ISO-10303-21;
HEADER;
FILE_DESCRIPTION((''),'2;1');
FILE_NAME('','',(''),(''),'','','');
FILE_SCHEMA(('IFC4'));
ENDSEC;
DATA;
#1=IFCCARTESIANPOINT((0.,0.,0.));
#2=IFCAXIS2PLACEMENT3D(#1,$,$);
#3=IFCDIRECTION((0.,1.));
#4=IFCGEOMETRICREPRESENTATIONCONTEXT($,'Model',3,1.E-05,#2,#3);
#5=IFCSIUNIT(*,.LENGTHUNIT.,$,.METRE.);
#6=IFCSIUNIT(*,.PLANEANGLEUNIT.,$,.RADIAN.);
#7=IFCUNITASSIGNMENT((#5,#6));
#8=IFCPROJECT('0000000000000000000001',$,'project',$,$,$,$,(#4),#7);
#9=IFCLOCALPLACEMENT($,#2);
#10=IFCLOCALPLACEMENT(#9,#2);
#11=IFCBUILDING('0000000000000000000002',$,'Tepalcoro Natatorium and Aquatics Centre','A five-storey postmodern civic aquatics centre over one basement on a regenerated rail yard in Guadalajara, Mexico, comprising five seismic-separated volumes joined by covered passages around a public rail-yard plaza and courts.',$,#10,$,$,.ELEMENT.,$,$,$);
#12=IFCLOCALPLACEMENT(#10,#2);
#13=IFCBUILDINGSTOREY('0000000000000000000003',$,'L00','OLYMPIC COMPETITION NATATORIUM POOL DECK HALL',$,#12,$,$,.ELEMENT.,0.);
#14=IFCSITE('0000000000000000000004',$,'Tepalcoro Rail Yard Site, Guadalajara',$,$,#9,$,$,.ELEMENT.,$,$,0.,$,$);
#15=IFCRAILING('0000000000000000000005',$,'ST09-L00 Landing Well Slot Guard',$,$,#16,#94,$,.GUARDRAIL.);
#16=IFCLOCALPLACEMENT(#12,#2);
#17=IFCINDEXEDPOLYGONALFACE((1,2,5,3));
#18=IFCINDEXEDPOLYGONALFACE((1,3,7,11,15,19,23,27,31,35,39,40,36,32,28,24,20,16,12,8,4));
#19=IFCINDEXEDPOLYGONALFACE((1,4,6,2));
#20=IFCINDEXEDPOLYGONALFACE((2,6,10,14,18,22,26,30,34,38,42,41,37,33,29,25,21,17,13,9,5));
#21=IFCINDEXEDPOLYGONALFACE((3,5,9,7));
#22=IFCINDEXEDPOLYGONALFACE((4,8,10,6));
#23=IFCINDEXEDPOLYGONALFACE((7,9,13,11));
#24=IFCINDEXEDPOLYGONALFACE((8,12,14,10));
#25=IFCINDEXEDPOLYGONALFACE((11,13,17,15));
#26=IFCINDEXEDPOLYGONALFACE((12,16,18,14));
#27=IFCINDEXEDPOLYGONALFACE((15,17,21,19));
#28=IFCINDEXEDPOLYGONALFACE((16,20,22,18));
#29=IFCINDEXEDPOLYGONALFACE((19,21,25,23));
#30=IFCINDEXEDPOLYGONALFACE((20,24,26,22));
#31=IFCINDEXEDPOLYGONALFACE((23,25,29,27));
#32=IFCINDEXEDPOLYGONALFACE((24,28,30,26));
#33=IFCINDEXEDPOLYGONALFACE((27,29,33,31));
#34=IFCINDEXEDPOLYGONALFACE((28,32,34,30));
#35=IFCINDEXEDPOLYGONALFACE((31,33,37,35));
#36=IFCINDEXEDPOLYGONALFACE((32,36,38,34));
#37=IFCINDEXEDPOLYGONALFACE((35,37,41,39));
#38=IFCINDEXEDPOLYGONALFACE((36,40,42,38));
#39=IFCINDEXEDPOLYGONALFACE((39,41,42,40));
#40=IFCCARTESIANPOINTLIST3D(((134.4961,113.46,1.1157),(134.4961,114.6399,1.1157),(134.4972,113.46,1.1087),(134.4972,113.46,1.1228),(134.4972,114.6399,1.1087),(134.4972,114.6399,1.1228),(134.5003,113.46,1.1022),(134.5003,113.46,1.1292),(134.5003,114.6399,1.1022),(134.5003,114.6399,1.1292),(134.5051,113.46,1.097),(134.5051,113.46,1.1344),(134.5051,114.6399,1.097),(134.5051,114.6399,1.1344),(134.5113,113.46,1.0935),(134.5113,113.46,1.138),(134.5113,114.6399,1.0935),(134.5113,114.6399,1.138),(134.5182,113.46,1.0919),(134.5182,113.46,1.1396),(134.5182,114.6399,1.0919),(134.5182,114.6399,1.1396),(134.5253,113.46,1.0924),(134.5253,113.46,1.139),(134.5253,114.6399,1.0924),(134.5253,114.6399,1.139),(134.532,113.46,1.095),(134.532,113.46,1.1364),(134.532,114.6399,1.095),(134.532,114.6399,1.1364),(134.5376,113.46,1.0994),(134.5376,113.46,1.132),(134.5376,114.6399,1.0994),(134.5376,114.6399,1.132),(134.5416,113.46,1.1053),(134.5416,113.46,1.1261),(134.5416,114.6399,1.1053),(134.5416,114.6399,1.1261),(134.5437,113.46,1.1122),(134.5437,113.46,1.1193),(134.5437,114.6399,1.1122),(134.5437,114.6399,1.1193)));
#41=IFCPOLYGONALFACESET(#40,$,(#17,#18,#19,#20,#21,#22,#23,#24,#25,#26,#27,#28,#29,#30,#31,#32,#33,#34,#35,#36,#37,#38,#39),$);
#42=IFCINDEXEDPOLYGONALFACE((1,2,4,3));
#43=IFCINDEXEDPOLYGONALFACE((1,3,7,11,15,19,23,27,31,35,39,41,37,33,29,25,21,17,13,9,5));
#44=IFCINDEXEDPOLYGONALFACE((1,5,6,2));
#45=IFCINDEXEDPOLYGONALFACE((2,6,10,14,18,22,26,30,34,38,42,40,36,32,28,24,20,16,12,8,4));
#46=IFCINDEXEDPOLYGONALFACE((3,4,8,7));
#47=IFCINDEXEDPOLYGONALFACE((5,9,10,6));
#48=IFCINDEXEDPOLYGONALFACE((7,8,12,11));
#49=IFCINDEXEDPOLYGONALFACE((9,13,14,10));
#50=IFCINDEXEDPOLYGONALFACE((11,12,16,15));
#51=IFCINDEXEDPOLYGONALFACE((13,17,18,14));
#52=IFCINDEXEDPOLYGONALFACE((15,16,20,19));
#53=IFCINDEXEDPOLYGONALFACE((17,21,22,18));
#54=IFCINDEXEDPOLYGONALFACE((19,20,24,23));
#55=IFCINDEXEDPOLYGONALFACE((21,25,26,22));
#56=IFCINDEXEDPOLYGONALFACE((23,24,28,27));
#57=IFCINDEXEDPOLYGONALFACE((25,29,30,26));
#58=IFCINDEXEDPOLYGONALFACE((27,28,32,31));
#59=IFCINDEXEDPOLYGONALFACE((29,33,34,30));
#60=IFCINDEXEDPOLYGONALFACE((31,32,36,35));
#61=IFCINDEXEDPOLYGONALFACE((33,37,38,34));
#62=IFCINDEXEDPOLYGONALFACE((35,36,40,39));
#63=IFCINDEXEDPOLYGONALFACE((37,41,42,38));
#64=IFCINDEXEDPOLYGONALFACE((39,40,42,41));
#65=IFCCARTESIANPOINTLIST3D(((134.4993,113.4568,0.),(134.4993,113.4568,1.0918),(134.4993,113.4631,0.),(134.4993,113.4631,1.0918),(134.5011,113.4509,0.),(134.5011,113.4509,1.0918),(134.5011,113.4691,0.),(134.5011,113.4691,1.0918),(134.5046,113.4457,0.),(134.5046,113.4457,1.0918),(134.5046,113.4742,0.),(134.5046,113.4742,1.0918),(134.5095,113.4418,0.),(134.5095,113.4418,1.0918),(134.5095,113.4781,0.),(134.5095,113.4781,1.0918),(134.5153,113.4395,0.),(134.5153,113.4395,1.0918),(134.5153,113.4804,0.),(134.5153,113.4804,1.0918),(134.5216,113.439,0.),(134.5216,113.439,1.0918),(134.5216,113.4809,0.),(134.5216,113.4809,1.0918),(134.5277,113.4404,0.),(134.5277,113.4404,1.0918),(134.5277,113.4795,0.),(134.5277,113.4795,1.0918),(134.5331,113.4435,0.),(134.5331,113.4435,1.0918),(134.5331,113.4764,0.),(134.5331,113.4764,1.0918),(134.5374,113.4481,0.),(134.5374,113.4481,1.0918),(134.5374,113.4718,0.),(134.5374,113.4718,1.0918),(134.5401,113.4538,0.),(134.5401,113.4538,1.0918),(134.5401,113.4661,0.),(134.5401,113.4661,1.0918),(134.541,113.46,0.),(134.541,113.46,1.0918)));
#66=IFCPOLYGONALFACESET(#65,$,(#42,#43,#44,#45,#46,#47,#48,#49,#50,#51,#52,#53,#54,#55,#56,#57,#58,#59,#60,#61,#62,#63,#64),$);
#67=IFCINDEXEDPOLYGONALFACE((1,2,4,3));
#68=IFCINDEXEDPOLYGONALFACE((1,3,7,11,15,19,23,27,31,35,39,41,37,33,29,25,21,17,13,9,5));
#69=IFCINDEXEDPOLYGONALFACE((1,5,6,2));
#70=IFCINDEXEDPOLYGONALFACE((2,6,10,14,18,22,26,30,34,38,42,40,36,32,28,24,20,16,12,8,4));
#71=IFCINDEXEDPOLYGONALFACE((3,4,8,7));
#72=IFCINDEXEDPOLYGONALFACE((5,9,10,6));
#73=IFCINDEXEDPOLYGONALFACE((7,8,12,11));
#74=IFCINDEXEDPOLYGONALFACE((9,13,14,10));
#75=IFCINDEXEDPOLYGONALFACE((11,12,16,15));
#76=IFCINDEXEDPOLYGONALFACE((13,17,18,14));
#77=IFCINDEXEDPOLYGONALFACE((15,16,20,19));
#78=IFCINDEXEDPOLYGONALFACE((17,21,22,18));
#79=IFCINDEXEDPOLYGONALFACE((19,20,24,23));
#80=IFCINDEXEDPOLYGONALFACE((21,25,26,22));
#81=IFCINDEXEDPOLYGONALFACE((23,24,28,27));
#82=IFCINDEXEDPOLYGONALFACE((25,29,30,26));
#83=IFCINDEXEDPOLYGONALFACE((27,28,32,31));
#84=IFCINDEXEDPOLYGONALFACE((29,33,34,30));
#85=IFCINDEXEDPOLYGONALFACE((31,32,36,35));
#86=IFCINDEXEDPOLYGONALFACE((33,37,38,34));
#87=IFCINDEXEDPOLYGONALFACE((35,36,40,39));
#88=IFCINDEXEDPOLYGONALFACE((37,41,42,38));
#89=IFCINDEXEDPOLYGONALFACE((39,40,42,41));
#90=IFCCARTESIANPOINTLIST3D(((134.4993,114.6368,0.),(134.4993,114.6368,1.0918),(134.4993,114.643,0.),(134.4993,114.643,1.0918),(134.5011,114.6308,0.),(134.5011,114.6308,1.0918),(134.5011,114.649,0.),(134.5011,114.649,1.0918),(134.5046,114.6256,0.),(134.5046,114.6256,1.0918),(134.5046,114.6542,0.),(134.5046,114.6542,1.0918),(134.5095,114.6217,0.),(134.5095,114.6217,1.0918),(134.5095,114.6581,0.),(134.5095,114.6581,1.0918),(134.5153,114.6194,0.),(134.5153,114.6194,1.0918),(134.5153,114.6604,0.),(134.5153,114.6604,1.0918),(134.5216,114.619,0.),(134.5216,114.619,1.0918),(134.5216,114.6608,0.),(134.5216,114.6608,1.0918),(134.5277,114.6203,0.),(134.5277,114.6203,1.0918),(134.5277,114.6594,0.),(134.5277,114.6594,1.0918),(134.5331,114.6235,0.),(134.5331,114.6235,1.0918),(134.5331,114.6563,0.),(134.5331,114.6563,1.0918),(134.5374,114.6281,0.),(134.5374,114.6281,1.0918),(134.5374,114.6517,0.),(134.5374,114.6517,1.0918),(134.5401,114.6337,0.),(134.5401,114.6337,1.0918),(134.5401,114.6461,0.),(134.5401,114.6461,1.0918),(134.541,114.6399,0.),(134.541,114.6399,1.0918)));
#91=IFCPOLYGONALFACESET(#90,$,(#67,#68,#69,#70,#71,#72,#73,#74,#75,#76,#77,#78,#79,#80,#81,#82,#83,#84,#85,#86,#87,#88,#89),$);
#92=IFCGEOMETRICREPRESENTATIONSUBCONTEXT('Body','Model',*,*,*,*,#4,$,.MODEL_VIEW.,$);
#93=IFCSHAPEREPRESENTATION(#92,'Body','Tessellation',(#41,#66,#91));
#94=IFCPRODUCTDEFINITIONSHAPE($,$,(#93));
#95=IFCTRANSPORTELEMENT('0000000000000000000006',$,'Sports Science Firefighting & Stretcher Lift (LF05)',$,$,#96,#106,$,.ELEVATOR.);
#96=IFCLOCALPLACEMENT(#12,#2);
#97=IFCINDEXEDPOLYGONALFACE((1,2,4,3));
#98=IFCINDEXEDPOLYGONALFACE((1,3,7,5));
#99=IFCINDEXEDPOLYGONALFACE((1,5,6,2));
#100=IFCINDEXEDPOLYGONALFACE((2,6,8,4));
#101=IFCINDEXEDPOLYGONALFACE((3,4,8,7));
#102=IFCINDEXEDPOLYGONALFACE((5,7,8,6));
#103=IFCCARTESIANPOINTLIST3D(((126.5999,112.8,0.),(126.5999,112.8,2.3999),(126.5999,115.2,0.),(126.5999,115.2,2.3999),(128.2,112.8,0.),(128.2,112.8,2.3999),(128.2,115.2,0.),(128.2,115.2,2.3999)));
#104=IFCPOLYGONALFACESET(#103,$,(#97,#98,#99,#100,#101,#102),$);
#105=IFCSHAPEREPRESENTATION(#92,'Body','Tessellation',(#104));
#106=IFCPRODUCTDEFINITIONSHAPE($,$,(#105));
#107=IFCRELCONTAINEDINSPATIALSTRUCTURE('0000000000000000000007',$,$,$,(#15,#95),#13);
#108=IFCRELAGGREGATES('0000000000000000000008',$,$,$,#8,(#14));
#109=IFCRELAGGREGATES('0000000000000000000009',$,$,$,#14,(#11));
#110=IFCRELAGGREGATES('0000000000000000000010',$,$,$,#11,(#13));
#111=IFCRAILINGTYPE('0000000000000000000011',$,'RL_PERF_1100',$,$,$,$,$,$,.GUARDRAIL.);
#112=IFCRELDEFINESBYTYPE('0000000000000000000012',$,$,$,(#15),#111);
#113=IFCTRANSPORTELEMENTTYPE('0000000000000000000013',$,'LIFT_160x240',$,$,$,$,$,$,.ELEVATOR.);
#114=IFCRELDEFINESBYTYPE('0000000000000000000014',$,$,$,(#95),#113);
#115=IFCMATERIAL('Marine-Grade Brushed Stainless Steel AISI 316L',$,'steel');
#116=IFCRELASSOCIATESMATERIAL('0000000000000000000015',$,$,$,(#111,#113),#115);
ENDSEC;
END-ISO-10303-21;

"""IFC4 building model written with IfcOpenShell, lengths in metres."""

from ifc_helpers import new_model, si_unit, direction, frame, origin, origin_2d, place, context, subcontext, project, spatial, rectangle, circle, extrude, material, type_object, element, save


model = new_model("IFC4")

# Units and contexts
model_context = context("Model", 3, precision=1e-05, world=origin(), true_north=direction((0.0, 1.0)))
body_context = subcontext(model_context, "Body", "Model", "MODEL_VIEW")
ifc_project = project(units=[si_unit("LENGTHUNIT", "METRE"), si_unit("PLANEANGLEUNIT", "RADIAN")], contexts=[model_context])

# Site, building, storey
site_placement = place(None, origin())
site = spatial("IfcSite", under=ifc_project, at=site_placement, Name="Tepalcoro Rail Yard Site, Guadalajara", CompositionType="ELEMENT", RefElevation=0.0)
building_placement = place(site_placement, origin())
building = spatial("IfcBuilding", under=site, at=building_placement, Name="Tepalcoro Natatorium and Aquatics Centre", Description="A five-storey postmodern civic aquatics centre over one basement on a regenerated rail yard in Guadalajara, Mexico, comprising five seismic-separated volumes joined by covered passages around a public rail-yard plaza and courts.", CompositionType="ELEMENT")
storey_placement = place(building_placement, origin())
storey = spatial("IfcBuildingStorey", under=building, at=storey_placement, Name="L00", Description="OLYMPIC COMPETITION NATATORIUM POOL DECK HALL", CompositionType="ELEMENT", Elevation=0.0)

# Shared definitions
ifc_material_1 = material(Name="Marine-Grade Brushed Stainless Steel AISI 316L", Category="steel")

# Railing
railing_type = type_object("IfcRailingType", Name="RL_PERF_1100", PredefinedType="GUARDRAIL", material=ifc_material_1)
railing_placement = place(storey_placement, frame((134.52, 113.46, 0.0)))
element("IfcRailing", 1, at=railing_placement, inside=storey, type_object=railing_type, Name="ST09-L00 Landing Well Slot Guard", PredefinedType="GUARDRAIL", context=body_context, shape_type="SweptSolid", body=[
    extrude(circle(Radius=0.0239, at=origin_2d()), frame((0.0, 0.0, 1.1157), z_axis=(0.0, 1.0, 0.0), x_axis=(-1.0, 0.0, 0.0)), (0.0, 0.0, 1.0), 1.1799),
    extrude(circle(Radius=0.021, at=origin_2d()), origin(), (0.0, 0.0, 1.0), 1.0918),
    extrude(circle(Radius=0.021, at=origin_2d()), frame((0.0, 1.1799, 0.0)), (0.0, 0.0, 1.0), 1.0918),
])

# Transport element
transport_element_type = type_object("IfcTransportElementType", Name="LIFT_160x240", PredefinedType="ELEVATOR", material=ifc_material_1)
transport_element_placement = place(storey_placement, frame((127.3999, 114.0, 0.0), z_axis=(0.0, 0.0, 1.0), x_axis=(1.0, 0.0, 0.0)))
element("IfcTransportElement", 2, at=transport_element_placement, inside=storey, type_object=transport_element_type, Name="Sports Science Firefighting & Stretcher Lift (LF05)", PredefinedType="ELEVATOR", context=body_context, shape_type="SweptSolid", body=[
    extrude(rectangle(XDim=1.6001, YDim=2.3999, at=origin_2d()), origin(), (0.0, 0.0, 1.0), 2.3999),
])

save(model, "model.ifc")
